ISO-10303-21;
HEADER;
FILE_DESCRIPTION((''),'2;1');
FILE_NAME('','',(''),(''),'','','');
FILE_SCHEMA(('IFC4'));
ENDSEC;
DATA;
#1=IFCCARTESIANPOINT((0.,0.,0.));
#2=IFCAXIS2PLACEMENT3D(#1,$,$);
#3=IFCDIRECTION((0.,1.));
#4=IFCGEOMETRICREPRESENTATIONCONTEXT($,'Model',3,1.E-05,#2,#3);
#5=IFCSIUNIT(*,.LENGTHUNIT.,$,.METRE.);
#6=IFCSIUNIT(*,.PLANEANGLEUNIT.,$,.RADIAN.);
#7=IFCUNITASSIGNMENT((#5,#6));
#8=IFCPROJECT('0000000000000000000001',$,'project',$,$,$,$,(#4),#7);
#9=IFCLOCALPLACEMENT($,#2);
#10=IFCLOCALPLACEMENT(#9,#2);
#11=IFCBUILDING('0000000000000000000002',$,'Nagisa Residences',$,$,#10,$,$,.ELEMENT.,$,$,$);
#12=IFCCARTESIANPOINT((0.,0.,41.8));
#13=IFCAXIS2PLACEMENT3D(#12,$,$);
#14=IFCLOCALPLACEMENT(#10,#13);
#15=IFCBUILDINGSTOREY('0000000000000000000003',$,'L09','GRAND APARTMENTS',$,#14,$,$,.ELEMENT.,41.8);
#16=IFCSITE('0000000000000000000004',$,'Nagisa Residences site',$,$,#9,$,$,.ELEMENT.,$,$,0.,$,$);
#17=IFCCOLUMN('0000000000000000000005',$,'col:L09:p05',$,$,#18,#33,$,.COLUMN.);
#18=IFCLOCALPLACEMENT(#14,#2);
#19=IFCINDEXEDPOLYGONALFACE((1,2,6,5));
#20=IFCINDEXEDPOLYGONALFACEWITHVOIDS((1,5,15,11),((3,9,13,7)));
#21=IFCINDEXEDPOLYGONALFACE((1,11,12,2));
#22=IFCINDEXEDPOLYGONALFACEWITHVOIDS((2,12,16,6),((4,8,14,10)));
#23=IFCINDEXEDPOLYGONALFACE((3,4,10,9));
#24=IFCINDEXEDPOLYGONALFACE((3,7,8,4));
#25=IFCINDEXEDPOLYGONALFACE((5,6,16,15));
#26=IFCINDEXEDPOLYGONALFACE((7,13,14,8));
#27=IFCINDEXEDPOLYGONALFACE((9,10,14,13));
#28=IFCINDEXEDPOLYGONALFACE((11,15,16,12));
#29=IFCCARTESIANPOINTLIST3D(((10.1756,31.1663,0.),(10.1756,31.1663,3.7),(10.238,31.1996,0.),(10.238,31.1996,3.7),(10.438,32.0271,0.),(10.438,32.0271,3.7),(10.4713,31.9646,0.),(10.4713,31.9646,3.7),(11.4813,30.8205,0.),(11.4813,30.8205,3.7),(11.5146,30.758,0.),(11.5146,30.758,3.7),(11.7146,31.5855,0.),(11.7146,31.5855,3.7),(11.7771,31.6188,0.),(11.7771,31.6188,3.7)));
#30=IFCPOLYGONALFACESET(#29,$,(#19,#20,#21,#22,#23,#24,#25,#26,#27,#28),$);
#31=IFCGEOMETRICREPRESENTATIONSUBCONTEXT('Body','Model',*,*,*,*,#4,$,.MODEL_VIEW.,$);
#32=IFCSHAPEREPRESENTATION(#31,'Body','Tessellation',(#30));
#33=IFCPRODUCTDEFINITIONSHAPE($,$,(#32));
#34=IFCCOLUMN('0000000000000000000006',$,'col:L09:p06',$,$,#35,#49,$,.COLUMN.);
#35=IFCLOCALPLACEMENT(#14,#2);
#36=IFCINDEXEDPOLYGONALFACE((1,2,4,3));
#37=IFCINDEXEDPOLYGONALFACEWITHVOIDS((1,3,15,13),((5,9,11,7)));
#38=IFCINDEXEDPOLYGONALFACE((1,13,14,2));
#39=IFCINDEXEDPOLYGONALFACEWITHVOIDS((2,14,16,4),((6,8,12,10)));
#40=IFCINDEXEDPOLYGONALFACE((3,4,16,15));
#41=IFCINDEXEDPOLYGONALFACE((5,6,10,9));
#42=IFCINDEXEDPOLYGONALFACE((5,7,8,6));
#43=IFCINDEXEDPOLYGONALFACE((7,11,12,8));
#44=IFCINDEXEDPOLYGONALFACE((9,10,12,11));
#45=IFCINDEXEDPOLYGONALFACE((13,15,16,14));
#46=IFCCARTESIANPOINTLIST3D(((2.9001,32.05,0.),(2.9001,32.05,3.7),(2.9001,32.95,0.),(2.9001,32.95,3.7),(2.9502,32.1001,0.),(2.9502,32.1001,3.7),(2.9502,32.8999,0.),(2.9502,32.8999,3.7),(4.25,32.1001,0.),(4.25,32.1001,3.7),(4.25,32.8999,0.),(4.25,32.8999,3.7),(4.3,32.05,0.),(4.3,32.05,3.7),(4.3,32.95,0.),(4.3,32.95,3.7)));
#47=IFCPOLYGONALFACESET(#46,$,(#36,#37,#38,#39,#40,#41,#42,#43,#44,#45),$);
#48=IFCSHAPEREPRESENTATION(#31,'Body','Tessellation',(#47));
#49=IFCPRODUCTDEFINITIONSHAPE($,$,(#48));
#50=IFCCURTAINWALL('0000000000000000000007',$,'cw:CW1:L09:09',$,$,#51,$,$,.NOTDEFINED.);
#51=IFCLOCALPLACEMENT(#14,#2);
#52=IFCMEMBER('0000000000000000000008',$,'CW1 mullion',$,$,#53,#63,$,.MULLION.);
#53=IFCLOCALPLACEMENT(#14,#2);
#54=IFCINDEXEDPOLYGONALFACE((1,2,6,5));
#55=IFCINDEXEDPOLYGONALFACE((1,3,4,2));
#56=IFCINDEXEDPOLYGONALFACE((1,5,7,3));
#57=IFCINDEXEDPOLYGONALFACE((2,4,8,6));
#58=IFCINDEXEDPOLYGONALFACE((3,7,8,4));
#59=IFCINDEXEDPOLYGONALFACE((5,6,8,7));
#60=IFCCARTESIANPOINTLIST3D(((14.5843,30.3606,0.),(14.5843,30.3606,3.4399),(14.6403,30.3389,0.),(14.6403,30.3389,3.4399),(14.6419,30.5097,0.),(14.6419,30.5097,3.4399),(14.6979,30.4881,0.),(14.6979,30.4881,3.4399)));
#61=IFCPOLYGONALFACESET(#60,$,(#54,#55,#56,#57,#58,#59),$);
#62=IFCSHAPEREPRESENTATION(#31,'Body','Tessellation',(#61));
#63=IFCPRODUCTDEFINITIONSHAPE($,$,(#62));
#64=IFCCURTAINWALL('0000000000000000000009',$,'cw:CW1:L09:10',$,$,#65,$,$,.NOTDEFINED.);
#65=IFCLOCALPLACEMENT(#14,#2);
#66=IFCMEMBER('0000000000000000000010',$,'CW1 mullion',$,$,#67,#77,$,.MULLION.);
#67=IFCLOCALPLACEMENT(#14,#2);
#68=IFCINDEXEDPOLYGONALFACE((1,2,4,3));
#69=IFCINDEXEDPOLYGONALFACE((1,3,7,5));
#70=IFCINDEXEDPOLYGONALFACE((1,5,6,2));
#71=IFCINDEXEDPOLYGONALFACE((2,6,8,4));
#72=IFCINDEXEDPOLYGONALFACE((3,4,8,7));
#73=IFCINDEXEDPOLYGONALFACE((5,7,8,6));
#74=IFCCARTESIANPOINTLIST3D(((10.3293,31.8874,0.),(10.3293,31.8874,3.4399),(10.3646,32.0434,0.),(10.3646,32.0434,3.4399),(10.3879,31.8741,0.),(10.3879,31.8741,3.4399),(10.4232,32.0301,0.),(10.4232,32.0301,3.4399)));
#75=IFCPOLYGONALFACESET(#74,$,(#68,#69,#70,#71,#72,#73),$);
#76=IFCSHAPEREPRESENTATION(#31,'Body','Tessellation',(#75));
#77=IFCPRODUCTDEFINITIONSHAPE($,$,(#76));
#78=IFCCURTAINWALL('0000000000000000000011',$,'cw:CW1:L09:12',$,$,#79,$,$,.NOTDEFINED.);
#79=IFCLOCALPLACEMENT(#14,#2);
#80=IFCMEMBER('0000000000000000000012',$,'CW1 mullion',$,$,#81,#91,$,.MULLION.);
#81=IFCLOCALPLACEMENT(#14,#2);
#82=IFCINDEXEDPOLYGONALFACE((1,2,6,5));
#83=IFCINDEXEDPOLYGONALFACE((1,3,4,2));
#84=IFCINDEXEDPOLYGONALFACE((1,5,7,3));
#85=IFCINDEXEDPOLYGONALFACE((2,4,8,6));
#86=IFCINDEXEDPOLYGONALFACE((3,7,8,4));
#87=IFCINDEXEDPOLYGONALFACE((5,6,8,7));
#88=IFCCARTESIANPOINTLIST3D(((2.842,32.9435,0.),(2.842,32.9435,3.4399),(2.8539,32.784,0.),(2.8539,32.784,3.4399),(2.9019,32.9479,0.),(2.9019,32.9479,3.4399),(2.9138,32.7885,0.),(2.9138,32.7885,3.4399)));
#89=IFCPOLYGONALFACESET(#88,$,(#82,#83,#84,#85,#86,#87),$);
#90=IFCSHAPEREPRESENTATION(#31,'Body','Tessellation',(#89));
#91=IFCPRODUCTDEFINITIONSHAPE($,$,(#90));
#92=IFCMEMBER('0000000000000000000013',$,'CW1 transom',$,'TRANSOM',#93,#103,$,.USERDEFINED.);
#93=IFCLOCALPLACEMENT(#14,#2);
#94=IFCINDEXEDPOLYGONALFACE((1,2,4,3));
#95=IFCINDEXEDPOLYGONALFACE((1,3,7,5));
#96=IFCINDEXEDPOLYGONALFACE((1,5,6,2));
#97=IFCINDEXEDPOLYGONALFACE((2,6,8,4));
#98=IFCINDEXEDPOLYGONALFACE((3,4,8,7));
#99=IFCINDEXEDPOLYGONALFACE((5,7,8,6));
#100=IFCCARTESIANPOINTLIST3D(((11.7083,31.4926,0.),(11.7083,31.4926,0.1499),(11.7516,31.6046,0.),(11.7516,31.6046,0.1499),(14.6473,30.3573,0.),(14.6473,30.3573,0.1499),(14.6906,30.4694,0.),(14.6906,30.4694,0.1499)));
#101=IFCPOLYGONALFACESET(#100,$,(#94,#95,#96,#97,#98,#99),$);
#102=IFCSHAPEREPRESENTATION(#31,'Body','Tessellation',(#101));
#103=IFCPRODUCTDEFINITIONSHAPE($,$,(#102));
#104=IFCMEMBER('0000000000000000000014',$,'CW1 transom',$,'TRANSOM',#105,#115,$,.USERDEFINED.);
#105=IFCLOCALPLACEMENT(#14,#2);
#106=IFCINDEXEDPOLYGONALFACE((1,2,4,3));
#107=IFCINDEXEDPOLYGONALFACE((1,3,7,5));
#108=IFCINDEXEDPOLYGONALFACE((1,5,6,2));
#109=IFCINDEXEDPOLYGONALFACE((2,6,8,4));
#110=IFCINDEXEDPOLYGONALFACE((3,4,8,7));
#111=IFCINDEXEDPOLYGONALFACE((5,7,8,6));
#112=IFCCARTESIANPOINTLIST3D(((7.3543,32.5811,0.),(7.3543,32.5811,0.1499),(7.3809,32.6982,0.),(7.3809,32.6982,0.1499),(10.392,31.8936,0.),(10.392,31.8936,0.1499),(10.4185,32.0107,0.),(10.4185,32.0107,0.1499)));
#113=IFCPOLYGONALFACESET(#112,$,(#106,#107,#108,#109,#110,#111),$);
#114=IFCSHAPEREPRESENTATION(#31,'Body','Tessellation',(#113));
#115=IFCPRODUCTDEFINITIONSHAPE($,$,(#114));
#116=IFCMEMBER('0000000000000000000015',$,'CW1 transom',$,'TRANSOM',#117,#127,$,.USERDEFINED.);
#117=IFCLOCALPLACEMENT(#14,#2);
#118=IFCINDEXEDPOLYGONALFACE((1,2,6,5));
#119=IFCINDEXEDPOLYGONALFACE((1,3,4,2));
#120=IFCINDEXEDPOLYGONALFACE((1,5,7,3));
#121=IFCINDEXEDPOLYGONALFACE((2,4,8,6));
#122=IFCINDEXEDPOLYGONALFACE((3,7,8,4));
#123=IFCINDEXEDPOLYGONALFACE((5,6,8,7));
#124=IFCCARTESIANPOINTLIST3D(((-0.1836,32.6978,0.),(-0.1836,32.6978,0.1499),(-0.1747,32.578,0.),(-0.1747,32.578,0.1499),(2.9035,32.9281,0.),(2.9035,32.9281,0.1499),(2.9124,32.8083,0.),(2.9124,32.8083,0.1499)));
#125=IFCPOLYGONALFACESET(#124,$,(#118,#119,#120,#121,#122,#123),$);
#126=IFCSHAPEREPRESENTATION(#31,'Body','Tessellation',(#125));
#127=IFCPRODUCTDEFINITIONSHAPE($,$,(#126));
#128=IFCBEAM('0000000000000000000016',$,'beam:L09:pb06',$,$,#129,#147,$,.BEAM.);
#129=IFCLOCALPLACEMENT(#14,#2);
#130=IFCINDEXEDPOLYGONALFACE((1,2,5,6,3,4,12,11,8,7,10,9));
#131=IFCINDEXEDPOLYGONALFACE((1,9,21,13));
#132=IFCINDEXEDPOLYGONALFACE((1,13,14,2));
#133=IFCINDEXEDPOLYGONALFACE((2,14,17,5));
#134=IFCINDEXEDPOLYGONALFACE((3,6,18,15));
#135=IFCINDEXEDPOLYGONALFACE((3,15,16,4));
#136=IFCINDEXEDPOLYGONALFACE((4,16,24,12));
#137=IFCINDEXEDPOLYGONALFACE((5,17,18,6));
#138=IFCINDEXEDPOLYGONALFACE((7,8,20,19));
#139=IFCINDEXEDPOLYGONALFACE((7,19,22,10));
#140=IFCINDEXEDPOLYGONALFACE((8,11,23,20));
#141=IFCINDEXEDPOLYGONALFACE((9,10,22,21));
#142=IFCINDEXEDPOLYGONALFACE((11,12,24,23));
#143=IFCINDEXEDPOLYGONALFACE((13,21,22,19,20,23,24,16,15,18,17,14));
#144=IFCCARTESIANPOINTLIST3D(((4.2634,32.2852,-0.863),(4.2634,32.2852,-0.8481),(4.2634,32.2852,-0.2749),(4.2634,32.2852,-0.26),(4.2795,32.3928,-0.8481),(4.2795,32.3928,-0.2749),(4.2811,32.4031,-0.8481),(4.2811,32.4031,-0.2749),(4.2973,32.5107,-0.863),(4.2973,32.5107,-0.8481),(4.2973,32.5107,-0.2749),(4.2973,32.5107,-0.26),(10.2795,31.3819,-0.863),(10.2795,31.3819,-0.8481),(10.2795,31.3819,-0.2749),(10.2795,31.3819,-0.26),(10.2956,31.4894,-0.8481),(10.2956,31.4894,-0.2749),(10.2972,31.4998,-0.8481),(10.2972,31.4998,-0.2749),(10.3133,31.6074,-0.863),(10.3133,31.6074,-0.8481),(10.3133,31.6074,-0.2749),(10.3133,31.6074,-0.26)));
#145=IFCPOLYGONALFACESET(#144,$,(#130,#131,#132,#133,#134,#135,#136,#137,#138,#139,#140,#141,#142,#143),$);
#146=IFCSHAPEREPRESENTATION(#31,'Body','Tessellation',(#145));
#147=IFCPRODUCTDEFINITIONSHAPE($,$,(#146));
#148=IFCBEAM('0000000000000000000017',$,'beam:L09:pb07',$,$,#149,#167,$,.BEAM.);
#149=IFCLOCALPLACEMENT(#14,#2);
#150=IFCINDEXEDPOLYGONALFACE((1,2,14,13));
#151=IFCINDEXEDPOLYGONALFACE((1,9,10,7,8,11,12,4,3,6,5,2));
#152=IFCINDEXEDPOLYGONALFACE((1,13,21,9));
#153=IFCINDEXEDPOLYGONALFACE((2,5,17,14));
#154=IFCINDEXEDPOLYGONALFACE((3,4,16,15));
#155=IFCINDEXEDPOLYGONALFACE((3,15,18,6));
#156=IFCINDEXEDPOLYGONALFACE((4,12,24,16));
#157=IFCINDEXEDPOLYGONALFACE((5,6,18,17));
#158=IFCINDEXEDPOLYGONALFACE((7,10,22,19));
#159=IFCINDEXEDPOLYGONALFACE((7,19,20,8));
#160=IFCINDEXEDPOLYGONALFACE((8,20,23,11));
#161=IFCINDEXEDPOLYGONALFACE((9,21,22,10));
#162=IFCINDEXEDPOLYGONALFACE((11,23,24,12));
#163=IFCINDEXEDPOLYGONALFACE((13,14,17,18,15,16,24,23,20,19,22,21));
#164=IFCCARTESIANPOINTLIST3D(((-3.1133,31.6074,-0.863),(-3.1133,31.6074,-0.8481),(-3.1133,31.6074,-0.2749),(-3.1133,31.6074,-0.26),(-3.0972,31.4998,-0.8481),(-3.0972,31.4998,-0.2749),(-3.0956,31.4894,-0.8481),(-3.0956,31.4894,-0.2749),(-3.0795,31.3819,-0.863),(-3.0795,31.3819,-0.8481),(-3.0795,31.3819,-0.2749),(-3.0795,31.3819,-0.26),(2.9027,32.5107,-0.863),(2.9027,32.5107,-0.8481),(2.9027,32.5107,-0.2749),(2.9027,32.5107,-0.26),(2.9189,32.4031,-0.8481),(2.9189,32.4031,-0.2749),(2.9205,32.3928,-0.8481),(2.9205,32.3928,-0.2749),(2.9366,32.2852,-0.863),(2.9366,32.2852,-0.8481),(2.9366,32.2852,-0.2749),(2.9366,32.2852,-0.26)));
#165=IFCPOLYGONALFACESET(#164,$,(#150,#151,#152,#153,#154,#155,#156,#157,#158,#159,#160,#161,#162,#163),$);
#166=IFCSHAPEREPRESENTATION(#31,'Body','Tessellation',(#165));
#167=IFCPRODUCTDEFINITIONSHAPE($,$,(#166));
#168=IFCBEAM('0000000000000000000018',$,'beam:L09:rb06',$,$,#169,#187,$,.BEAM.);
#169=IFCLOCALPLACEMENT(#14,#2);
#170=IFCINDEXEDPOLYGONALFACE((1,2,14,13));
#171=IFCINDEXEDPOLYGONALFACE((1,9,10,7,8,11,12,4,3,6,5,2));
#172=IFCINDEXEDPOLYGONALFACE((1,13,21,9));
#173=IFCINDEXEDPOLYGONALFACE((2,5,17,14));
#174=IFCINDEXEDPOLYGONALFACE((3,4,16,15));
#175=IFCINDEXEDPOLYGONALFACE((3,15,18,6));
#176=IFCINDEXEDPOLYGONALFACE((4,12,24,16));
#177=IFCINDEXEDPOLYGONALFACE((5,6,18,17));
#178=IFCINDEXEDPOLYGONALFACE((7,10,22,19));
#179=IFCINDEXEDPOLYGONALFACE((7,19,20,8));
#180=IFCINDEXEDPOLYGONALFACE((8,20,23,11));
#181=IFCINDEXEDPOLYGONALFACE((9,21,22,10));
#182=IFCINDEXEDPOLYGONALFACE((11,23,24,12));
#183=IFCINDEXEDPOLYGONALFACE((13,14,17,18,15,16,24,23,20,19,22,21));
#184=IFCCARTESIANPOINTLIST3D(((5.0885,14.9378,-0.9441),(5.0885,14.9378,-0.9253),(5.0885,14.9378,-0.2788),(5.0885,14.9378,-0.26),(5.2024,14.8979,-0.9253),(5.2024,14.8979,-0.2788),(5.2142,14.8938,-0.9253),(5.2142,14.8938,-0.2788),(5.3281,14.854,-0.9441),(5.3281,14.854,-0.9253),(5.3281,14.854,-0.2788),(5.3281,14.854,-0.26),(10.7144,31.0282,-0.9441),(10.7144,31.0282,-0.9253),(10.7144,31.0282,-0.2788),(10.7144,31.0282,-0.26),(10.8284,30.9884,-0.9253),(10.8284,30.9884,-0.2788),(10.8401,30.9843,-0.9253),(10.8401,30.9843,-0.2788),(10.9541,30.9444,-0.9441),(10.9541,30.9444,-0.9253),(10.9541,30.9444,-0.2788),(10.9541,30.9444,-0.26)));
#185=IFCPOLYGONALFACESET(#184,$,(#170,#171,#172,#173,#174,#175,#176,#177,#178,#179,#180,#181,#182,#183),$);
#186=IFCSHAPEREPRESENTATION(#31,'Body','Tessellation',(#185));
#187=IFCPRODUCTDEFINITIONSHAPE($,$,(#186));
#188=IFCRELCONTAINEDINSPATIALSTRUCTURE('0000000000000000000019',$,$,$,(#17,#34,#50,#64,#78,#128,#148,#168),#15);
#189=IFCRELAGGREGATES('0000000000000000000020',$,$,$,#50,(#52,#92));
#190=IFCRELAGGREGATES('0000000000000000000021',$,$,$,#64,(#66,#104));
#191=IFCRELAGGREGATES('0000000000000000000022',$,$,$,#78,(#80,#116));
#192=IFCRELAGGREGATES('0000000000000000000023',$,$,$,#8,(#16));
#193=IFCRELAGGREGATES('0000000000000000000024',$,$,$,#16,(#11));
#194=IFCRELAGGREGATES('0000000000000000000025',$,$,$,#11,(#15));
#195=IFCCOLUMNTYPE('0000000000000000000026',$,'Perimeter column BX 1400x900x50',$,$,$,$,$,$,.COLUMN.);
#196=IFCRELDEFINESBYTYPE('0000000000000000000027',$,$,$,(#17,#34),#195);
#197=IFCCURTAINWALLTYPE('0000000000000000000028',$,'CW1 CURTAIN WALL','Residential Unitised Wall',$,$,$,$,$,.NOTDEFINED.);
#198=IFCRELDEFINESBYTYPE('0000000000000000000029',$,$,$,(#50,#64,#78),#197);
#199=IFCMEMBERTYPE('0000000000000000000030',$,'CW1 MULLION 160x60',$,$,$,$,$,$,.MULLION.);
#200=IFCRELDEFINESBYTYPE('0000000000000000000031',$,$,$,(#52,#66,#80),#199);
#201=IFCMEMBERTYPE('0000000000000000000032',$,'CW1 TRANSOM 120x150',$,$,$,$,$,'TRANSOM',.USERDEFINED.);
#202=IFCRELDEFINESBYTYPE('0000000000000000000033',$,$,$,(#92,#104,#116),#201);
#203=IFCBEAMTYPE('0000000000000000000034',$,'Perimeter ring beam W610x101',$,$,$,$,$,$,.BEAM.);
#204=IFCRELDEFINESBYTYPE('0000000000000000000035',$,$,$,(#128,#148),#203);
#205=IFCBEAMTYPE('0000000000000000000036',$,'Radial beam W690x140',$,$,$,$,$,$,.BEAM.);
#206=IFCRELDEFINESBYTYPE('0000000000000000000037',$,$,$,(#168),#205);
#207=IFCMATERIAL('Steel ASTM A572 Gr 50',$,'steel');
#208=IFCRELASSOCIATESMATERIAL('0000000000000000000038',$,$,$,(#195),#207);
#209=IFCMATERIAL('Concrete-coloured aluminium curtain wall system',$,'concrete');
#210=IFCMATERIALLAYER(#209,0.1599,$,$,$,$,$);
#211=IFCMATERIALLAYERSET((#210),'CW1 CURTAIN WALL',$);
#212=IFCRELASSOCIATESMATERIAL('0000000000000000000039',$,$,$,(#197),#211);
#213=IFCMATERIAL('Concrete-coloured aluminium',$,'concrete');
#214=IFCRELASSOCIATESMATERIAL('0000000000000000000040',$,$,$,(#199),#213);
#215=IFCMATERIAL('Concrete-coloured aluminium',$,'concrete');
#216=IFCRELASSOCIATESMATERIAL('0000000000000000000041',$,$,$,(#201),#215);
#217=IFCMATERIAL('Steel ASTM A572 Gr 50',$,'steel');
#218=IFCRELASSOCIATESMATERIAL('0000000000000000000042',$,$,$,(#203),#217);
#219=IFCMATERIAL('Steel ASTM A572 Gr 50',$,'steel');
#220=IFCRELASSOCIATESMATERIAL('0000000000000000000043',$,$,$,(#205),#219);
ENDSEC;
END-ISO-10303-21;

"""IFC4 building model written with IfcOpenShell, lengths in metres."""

from ifc_helpers import new_model, si_unit, direction, frame, origin, origin_2d, place, context, subcontext, project, spatial, rectangle, hollow_rectangle, i_section, extrude, material, layer, layer_set, material_profile, profile_set, type_object, element, aggregate, save


model = new_model("IFC4")

# Units and contexts
model_context = context("Model", 3, precision=1e-05, world=origin(), true_north=direction((0.0, 1.0)))
body_context = subcontext(model_context, "Body", "Model", "MODEL_VIEW")
ifc_project = project(units=[si_unit("LENGTHUNIT", "METRE"), si_unit("PLANEANGLEUNIT", "RADIAN")], contexts=[model_context])

# Site, building, storey
site_placement = place(None, origin())
site = spatial("IfcSite", under=ifc_project, at=site_placement, Name="Nagisa Residences site", CompositionType="ELEMENT", RefElevation=0.0)
building_placement = place(site_placement, origin())
building = spatial("IfcBuilding", under=site, at=building_placement, Name="Nagisa Residences", CompositionType="ELEMENT")
storey_placement = place(building_placement, frame((0.0, 0.0, 41.8)))
storey = spatial("IfcBuildingStorey", under=building, at=storey_placement, Name="L09", Description="GRAND APARTMENTS", CompositionType="ELEMENT", Elevation=41.8)

# Columns
ifc_material_1 = material(Name="Steel ASTM A572 Gr 50", Category="steel")
ifc_material_profile_1 = material_profile(ifc_material_1, hollow_rectangle(XDim=1.3999, YDim=0.8999, WallThickness=0.05, at=origin_2d()), Name="BX 1400x900x50")
ifc_profile_set_1 = profile_set([ifc_material_profile_1], Name="Steel ASTM A572 Gr 50")
column_type = type_object("IfcColumnType", Name="Perimeter column BX 1400x900x50", PredefinedType="COLUMN", material=ifc_profile_set_1)
for number, where, z_axis, x_axis, name in (
    (1, (10.9763, 31.3926, 0.0), (0.0, 0.0, 1.0), (-0.956525, 0.291652, 0.0), "col:L09:p05"),
    (2, (3.6001, 32.5, 0.0), (0.0, 0.0, 1.0), (-1.0, 0.0, 0.0), "col:L09:p06"),
):
    element("IfcColumn", number, at=place(storey_placement, frame(where, z_axis=z_axis, x_axis=x_axis)), inside=storey, type_object=column_type, Name=name, PredefinedType="COLUMN", context=body_context, shape_type="SweptSolid", body=[
        extrude(hollow_rectangle(XDim=1.3999, YDim=0.8999, WallThickness=0.05, at=origin_2d()), origin(), (0.0, 0.0, 1.0), 3.7),
    ])

# Curtain walls, members
ifc_material_2 = material(Name="Concrete-coloured aluminium curtain wall system", Category="concrete")
ifc_layer_1 = layer(ifc_material_2, 0.1599)
ifc_layer_set_1 = layer_set([ifc_layer_1], Name="CW1 CURTAIN WALL")
curtain_wall_type = type_object("IfcCurtainWallType", Name="CW1 CURTAIN WALL", Description="Residential Unitised Wall", PredefinedType="NOTDEFINED", material=ifc_layer_set_1)
curtain_wall_1_placement = place(storey_placement, origin())
curtain_wall_1 = element("IfcCurtainWall", 3, at=curtain_wall_1_placement, inside=storey, type_object=curtain_wall_type, Name="cw:CW1:L09:09", PredefinedType="NOTDEFINED")
ifc_material_3 = material(Name="Concrete-coloured aluminium", Category="concrete")
ifc_material_profile_2 = material_profile(ifc_material_3, rectangle(XDim=0.1599, YDim=0.0601, at=origin_2d()), Name="CW1 MULLION 160x60")
ifc_profile_set_2 = profile_set([ifc_material_profile_2], Name="Concrete-coloured aluminium")
member_type_1 = type_object("IfcMemberType", Name="CW1 MULLION 160x60", PredefinedType="MULLION", material=ifc_profile_set_2)
member_1_placement = place(storey_placement, frame((14.6411, 30.4243, 0.0), z_axis=(0.0, 0.0, 1.0), x_axis=(-0.360328, -0.932826, 0.0)))
member_1 = element("IfcMember", 4, at=member_1_placement, type_object=member_type_1, Name="CW1 mullion", PredefinedType="MULLION", context=body_context, shape_type="SweptSolid", body=[
    extrude(rectangle(XDim=0.1599, YDim=0.0601, at=origin_2d()), origin(), (0.0, 0.0, 1.0), 3.4399),
])
curtain_wall_2_placement = place(storey_placement, origin())
curtain_wall_2 = element("IfcCurtainWall", 5, at=curtain_wall_2_placement, inside=storey, type_object=curtain_wall_type, Name="cw:CW1:L09:10", PredefinedType="NOTDEFINED")
member_2_placement = place(storey_placement, frame((10.3762, 31.9587, 0.0), z_axis=(0.0, 0.0, 1.0), x_axis=(-0.220764, -0.975327, 0.0)))
member_2 = element("IfcMember", 6, at=member_2_placement, type_object=member_type_1, Name="CW1 mullion", PredefinedType="MULLION", context=body_context, shape_type="SweptSolid", body=[
    extrude(rectangle(XDim=0.1599, YDim=0.0601, at=origin_2d()), origin(), (0.0, 0.0, 1.0), 3.4399),
])
curtain_wall_3_placement = place(storey_placement, origin())
curtain_wall_3 = element("IfcCurtainWall", 7, at=curtain_wall_3_placement, inside=storey, type_object=curtain_wall_type, Name="cw:CW1:L09:12", PredefinedType="NOTDEFINED")
member_3_placement = place(storey_placement, frame((2.8779, 32.866, 0.0), z_axis=(0.0, 0.0, 1.0), x_axis=(0.074377, -0.99723, 0.0)))
member_3 = element("IfcMember", 8, at=member_3_placement, type_object=member_type_1, Name="CW1 mullion", PredefinedType="MULLION", context=body_context, shape_type="SweptSolid", body=[
    extrude(rectangle(XDim=0.1599, YDim=0.0601, at=origin_2d()), origin(), (0.0, 0.0, 1.0), 3.4399),
])

# Members
ifc_material_4 = material(Name="Concrete-coloured aluminium", Category="concrete")
ifc_material_profile_3 = material_profile(ifc_material_4, rectangle(XDim=0.1201, YDim=0.1499, at=origin_2d()), Name="CW1 TRANSOM 120x150")
ifc_profile_set_3 = profile_set([ifc_material_profile_3], Name="Concrete-coloured aluminium")
member_type_2 = type_object("IfcMemberType", Name="CW1 TRANSOM 120x150", ElementType="TRANSOM", PredefinedType="USERDEFINED", material=ifc_profile_set_3)
member_4_placement = place(storey_placement, frame((14.6689, 30.4133, 0.075), z_axis=(-0.932825, 0.360329, 0.0), x_axis=(-0.360329, -0.932825, 0.0)))
member_4 = element("IfcMember", 9, at=member_4_placement, type_object=member_type_2, Name="CW1 transom", ObjectType="TRANSOM", PredefinedType="USERDEFINED", context=body_context, shape_type="SweptSolid", body=[
    extrude(rectangle(XDim=0.1201, YDim=0.1499, at=origin_2d()), origin(), (0.0, 0.0, 1.0), 3.1506),
])
member_5_placement = place(storey_placement, frame((10.4053, 31.9521, 0.075), z_axis=(-0.975331, 0.220747, 0.0), x_axis=(-0.220747, -0.975331, 0.0)))
member_5 = element("IfcMember", 10, at=member_5_placement, type_object=member_type_2, Name="CW1 transom", ObjectType="TRANSOM", PredefinedType="USERDEFINED", context=body_context, shape_type="SweptSolid", body=[
    extrude(rectangle(XDim=0.1201, YDim=0.1499, at=origin_2d()), origin(), (0.0, 0.0, 1.0), 3.1145),
])
member_6_placement = place(storey_placement, frame((2.908, 32.8682, 0.075), z_axis=(-0.997231, -0.074368, 0.0), x_axis=(0.074368, -0.997231, 0.0)))
member_6 = element("IfcMember", 11, at=member_6_placement, type_object=member_type_2, Name="CW1 transom", ObjectType="TRANSOM", PredefinedType="USERDEFINED", context=body_context, shape_type="SweptSolid", body=[
    extrude(rectangle(XDim=0.1201, YDim=0.1499, at=origin_2d()), origin(), (0.0, 0.0, 1.0), 3.0957),
])

# Beams
ifc_material_5 = material(Name="Steel ASTM A572 Gr 50", Category="steel")
ifc_material_profile_4 = material_profile(ifc_material_5, i_section(OverallWidth=0.228, OverallDepth=0.603, WebThickness=0.0105, FlangeThickness=0.0149, at=origin_2d()), Name="W610x101")
ifc_profile_set_4 = profile_set([ifc_material_profile_4], Name="Steel ASTM A572 Gr 50")
beam_type_1 = type_object("IfcBeamType", Name="Perimeter ring beam W610x101", PredefinedType="BEAM", material=ifc_profile_set_4)
for number, where, z_axis, x_axis, name in (
    (12, (10.2964, 31.4946, -0.5615), (-0.988915, 0.148486, 0.0), (-0.148486, -0.988915, 0.0), "beam:L09:pb06"),
    (13, (2.9197, 32.3979, -0.5615), (-0.988915, -0.148486, 0.0), (0.148486, -0.988915, 0.0), "beam:L09:pb07"),
):
    element("IfcBeam", number, at=place(storey_placement, frame(where, z_axis=z_axis, x_axis=x_axis)), inside=storey, type_object=beam_type_1, Name=name, PredefinedType="BEAM", context=body_context, shape_type="SweptSolid", body=[
        extrude(i_section(OverallWidth=0.228, OverallDepth=0.603, WebThickness=0.0105, FlangeThickness=0.0149, at=origin_2d()), origin(), (0.0, 0.0, 1.0), 6.0835),
    ])
ifc_material_6 = material(Name="Steel ASTM A572 Gr 50", Category="steel")
ifc_material_profile_5 = material_profile(ifc_material_6, i_section(OverallWidth=0.2539, OverallDepth=0.6841, WebThickness=0.0125, FlangeThickness=0.0188, at=origin_2d()), Name="W690x140")
ifc_profile_set_5 = profile_set([ifc_material_profile_5], Name="Steel ASTM A572 Gr 50")
beam_type_2 = type_object("IfcBeamType", Name="Radial beam W690x140", PredefinedType="BEAM", material=ifc_profile_set_5)
beam_1_placement = place(storey_placement, frame((10.8342, 30.9863, -0.6021), z_axis=(-0.330051, -0.943963, 0.0), x_axis=(0.943963, -0.330051, 0.0)))
element("IfcBeam", 14, at=beam_1_placement, inside=storey, type_object=beam_type_2, Name="beam:L09:rb06", PredefinedType="BEAM", context=body_context, shape_type="SweptSolid", body=[
    extrude(i_section(OverallWidth=0.2539, OverallDepth=0.6841, WebThickness=0.0125, FlangeThickness=0.0188, at=origin_2d()), origin(), (0.0, 0.0, 1.0), 17.0457),
])

aggregate(curtain_wall_1, [member_1, member_4])
aggregate(curtain_wall_2, [member_2, member_5])
aggregate(curtain_wall_3, [member_3, member_6])

save(model, "model.ifc")
